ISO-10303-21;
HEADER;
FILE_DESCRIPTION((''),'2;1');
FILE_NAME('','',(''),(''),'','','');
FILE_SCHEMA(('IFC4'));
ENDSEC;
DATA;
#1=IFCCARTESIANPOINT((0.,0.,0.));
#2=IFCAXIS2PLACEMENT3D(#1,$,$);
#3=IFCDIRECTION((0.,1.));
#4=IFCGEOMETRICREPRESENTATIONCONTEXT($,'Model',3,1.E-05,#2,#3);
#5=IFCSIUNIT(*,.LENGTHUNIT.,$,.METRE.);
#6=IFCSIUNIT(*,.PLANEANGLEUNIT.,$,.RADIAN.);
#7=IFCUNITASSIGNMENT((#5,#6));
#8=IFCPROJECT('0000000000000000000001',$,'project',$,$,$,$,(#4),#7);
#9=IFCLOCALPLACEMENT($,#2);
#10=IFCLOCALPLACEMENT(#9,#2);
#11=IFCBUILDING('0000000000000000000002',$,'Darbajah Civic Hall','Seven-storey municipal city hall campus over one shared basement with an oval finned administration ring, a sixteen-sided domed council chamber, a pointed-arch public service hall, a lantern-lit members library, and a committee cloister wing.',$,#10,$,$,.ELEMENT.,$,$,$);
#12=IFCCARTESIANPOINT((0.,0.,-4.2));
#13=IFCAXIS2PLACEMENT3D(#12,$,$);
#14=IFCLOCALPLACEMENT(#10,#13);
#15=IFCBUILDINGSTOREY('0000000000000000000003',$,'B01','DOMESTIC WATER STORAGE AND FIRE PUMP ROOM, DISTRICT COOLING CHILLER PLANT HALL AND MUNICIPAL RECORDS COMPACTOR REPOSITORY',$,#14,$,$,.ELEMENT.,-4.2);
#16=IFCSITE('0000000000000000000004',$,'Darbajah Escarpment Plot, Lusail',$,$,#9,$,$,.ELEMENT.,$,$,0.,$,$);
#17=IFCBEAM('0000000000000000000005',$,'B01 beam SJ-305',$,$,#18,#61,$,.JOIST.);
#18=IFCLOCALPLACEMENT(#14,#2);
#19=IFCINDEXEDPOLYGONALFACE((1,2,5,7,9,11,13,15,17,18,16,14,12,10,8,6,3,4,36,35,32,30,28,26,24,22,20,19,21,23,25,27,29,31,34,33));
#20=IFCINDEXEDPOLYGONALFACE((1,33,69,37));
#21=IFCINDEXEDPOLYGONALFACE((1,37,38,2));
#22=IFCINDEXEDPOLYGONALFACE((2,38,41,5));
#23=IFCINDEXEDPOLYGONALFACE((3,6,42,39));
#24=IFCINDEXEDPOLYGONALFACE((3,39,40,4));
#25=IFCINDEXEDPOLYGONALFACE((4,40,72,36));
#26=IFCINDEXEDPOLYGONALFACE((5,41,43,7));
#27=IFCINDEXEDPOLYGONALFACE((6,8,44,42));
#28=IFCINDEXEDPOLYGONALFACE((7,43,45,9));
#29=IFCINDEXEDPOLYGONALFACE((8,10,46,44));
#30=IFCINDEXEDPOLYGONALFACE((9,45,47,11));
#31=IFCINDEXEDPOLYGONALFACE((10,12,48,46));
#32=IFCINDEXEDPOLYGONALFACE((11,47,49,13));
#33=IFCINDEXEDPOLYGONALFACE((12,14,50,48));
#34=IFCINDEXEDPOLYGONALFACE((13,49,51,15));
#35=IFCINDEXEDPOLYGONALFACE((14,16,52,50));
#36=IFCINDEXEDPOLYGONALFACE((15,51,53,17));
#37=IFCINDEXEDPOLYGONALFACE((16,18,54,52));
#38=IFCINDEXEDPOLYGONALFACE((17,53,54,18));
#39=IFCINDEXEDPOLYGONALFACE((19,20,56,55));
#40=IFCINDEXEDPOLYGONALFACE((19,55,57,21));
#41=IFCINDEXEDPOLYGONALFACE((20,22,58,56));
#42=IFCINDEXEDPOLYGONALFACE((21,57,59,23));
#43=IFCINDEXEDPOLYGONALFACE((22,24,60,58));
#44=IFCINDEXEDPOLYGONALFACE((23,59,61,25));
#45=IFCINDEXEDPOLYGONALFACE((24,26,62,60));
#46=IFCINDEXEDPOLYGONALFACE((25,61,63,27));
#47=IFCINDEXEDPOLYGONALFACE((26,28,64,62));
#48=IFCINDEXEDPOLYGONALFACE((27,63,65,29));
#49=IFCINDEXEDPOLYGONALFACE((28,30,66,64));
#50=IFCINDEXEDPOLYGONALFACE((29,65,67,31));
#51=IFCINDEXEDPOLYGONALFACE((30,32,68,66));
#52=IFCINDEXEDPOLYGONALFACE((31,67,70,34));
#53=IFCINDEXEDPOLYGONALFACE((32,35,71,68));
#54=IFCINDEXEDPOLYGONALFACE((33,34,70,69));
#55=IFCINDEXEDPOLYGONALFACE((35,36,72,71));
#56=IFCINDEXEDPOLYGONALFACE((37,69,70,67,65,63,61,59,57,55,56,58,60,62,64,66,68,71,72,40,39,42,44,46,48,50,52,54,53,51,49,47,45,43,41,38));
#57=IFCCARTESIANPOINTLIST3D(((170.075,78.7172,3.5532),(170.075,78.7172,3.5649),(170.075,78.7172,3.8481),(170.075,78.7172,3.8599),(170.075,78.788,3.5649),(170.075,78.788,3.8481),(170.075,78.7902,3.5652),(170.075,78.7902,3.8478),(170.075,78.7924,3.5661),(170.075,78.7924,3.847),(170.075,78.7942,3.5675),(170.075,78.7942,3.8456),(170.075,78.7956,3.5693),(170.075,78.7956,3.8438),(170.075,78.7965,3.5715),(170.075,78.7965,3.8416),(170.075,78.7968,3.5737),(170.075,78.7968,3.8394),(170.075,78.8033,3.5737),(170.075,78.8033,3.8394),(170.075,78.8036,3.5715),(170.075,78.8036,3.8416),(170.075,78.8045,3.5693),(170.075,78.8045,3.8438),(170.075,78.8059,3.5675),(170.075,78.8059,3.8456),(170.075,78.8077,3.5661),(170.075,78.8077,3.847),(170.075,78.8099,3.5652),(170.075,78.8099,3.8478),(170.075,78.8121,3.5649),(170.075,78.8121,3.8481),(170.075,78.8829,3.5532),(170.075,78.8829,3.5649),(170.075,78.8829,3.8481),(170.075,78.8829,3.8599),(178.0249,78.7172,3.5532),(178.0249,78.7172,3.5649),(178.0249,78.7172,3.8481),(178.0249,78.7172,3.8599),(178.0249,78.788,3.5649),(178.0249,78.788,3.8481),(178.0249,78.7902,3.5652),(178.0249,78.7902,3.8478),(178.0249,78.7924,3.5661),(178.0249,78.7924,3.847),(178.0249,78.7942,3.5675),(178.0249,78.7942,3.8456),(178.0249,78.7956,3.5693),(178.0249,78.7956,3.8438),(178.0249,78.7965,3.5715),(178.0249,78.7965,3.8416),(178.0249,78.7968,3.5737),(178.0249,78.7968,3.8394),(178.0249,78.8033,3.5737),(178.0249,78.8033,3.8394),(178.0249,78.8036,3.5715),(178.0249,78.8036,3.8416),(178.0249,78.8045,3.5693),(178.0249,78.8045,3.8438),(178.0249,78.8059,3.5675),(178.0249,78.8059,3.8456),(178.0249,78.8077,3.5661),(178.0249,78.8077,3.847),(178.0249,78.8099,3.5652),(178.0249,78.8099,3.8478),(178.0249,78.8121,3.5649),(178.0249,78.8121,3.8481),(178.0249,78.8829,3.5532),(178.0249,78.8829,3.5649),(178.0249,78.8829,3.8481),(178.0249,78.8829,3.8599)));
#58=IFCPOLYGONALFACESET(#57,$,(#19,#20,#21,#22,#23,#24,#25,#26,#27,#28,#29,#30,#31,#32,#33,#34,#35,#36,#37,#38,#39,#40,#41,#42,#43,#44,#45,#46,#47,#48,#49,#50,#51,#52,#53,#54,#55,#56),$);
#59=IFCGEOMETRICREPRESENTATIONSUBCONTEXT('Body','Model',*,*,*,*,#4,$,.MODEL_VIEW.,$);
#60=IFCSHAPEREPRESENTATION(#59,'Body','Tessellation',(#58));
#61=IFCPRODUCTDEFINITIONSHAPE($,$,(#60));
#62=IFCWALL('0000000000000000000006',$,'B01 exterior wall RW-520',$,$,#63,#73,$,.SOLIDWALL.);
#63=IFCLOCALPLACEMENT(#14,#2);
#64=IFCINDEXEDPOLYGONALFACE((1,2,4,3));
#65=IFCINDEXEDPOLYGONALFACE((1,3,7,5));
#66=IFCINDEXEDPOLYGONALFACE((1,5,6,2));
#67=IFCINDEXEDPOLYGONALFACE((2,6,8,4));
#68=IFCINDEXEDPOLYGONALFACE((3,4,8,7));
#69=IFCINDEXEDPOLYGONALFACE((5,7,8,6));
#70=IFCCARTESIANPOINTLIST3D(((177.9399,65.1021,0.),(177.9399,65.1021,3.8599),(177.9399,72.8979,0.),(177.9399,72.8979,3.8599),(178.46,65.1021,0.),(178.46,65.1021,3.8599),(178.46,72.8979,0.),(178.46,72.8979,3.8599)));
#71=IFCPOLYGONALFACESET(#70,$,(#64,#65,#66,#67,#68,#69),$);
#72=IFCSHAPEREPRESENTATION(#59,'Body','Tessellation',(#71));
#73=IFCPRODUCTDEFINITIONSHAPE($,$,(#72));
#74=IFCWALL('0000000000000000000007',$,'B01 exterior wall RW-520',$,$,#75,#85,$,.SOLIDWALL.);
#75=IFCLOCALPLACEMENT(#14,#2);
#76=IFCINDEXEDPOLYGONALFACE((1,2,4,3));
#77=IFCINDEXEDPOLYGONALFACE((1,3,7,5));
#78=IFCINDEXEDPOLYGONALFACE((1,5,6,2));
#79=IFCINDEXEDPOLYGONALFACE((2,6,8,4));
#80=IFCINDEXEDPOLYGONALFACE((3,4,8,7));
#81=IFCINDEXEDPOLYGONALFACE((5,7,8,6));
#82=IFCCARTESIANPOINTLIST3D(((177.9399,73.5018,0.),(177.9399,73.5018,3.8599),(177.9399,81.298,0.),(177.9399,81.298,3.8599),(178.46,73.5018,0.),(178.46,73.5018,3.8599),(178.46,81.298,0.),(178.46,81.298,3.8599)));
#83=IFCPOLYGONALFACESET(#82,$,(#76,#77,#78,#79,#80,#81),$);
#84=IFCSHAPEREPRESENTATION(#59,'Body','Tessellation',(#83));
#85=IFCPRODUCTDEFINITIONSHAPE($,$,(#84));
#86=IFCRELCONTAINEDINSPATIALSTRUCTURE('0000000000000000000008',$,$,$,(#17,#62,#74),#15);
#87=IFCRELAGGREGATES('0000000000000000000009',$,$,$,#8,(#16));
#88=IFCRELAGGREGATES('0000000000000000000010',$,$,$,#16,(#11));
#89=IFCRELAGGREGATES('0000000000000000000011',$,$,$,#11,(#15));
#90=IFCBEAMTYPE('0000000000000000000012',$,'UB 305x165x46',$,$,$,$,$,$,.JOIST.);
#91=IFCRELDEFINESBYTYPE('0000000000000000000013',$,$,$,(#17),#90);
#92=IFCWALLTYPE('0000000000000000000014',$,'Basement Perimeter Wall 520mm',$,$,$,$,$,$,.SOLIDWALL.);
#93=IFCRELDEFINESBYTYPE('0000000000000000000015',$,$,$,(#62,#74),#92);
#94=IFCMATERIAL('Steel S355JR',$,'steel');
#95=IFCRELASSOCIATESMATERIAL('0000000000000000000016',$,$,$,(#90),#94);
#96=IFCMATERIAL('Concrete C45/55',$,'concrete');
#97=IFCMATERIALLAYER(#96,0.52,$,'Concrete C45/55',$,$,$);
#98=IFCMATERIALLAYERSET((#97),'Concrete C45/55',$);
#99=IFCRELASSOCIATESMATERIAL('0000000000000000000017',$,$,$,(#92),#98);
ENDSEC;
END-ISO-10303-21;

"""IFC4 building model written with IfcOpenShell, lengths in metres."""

from ifc_helpers import new_model, si_unit, direction, frame, frame_2d, origin, origin_2d, place, context, subcontext, project, spatial, rectangle, i_section, extrude, material, layer, layer_set, material_profile, profile_set, type_object, element, save


model = new_model("IFC4")

# Units and contexts
model_context = context("Model", 3, precision=1e-05, world=origin(), true_north=direction((0.0, 1.0)))
body_context = subcontext(model_context, "Body", "Model", "MODEL_VIEW")
ifc_project = project(units=[si_unit("LENGTHUNIT", "METRE"), si_unit("PLANEANGLEUNIT", "RADIAN")], contexts=[model_context])

# Site, building, storey
site_placement = place(None, origin())
site = spatial("IfcSite", under=ifc_project, at=site_placement, Name="Darbajah Escarpment Plot, Lusail", CompositionType="ELEMENT", RefElevation=0.0)
building_placement = place(site_placement, origin())
building = spatial("IfcBuilding", under=site, at=building_placement, Name="Darbajah Civic Hall", Description="Seven-storey municipal city hall campus over one shared basement with an oval finned administration ring, a sixteen-sided domed council chamber, a pointed-arch public service hall, a lantern-lit members library, and a committee cloister wing.", CompositionType="ELEMENT")
storey_placement = place(building_placement, frame((0.0, 0.0, -4.2)))
storey = spatial("IfcBuildingStorey", under=building, at=storey_placement, Name="B01", Description="DOMESTIC WATER STORAGE AND FIRE PUMP ROOM, DISTRICT COOLING CHILLER PLANT HALL AND MUNICIPAL RECORDS COMPACTOR REPOSITORY", CompositionType="ELEMENT", Elevation=-4.2)

# Shared definitions
ifc_material_1 = material(Name="Concrete C45/55", Category="concrete")

# Beam
ifc_material_2 = material(Name="Steel S355JR", Category="steel")
ifc_material_profile_1 = material_profile(ifc_material_2, i_section(OverallWidth=0.1658, OverallDepth=0.3066, WebThickness=0.0066, FlangeThickness=0.0117, FilletRadius=0.0088, at=origin_2d()), Name="UB 305x165x46")
ifc_profile_set_1 = profile_set([ifc_material_profile_1], Name="Steel S355JR")
beam_type_1 = type_object("IfcBeamType", Name="UB 305x165x46", PredefinedType="JOIST", material=ifc_profile_set_1)
for number, where, z_axis, x_axis, name in (
    (1, (170.075, 78.8, 3.7065), (1.0, 0.0, 0.0), (0.0, 1.0, 0.0), "B01 beam SJ-305"),
):
    element("IfcBeam", number, at=place(storey_placement, frame(where, z_axis=z_axis, x_axis=x_axis)), inside=storey, type_object=beam_type_1, Name=name, PredefinedType="JOIST", context=body_context, shape_type="SweptSolid", body=[
        extrude(i_section(OverallWidth=0.1658, OverallDepth=0.3066, WebThickness=0.0066, FlangeThickness=0.0117, FilletRadius=0.0088, at=origin_2d()), origin(), (0.0, 0.0, 1.0), 7.95),
    ])

# Walls
ifc_layer = layer(ifc_material_1, 0.52, Name="Concrete C45/55")
ifc_layer_set = layer_set([ifc_layer], Name="Concrete C45/55")
wall_type = type_object("IfcWallType", Name="Basement Perimeter Wall 520mm", PredefinedType="SOLIDWALL", material=ifc_layer_set)
wall_1_placement = place(storey_placement, frame((178.2, 65.1021, 0.0), z_axis=(0.0, 0.0, 1.0), x_axis=(0.0, 1.0, 0.0)))
element("IfcWall", 2, at=wall_1_placement, inside=storey, type_object=wall_type, Name="B01 exterior wall RW-520", PredefinedType="SOLIDWALL", context=body_context, shape_type="SweptSolid", body=[
    extrude(rectangle(XDim=7.7959, YDim=0.52, at=frame_2d((3.8979, 0.0))), origin(), (0.0, 0.0, 1.0), 3.8599),
])
wall_2_placement = place(storey_placement, frame((178.2, 73.502, 0.0), z_axis=(0.0, 0.0, 1.0), x_axis=(0.0, 1.0, 0.0)))
element("IfcWall", 3, at=wall_2_placement, inside=storey, type_object=wall_type, Name="B01 exterior wall RW-520", PredefinedType="SOLIDWALL", context=body_context, shape_type="SweptSolid", body=[
    extrude(rectangle(XDim=7.7961, YDim=0.52, at=frame_2d((3.8979, 0.0))), origin(), (0.0, 0.0, 1.0), 3.8599),
])

save(model, "model.ifc")
